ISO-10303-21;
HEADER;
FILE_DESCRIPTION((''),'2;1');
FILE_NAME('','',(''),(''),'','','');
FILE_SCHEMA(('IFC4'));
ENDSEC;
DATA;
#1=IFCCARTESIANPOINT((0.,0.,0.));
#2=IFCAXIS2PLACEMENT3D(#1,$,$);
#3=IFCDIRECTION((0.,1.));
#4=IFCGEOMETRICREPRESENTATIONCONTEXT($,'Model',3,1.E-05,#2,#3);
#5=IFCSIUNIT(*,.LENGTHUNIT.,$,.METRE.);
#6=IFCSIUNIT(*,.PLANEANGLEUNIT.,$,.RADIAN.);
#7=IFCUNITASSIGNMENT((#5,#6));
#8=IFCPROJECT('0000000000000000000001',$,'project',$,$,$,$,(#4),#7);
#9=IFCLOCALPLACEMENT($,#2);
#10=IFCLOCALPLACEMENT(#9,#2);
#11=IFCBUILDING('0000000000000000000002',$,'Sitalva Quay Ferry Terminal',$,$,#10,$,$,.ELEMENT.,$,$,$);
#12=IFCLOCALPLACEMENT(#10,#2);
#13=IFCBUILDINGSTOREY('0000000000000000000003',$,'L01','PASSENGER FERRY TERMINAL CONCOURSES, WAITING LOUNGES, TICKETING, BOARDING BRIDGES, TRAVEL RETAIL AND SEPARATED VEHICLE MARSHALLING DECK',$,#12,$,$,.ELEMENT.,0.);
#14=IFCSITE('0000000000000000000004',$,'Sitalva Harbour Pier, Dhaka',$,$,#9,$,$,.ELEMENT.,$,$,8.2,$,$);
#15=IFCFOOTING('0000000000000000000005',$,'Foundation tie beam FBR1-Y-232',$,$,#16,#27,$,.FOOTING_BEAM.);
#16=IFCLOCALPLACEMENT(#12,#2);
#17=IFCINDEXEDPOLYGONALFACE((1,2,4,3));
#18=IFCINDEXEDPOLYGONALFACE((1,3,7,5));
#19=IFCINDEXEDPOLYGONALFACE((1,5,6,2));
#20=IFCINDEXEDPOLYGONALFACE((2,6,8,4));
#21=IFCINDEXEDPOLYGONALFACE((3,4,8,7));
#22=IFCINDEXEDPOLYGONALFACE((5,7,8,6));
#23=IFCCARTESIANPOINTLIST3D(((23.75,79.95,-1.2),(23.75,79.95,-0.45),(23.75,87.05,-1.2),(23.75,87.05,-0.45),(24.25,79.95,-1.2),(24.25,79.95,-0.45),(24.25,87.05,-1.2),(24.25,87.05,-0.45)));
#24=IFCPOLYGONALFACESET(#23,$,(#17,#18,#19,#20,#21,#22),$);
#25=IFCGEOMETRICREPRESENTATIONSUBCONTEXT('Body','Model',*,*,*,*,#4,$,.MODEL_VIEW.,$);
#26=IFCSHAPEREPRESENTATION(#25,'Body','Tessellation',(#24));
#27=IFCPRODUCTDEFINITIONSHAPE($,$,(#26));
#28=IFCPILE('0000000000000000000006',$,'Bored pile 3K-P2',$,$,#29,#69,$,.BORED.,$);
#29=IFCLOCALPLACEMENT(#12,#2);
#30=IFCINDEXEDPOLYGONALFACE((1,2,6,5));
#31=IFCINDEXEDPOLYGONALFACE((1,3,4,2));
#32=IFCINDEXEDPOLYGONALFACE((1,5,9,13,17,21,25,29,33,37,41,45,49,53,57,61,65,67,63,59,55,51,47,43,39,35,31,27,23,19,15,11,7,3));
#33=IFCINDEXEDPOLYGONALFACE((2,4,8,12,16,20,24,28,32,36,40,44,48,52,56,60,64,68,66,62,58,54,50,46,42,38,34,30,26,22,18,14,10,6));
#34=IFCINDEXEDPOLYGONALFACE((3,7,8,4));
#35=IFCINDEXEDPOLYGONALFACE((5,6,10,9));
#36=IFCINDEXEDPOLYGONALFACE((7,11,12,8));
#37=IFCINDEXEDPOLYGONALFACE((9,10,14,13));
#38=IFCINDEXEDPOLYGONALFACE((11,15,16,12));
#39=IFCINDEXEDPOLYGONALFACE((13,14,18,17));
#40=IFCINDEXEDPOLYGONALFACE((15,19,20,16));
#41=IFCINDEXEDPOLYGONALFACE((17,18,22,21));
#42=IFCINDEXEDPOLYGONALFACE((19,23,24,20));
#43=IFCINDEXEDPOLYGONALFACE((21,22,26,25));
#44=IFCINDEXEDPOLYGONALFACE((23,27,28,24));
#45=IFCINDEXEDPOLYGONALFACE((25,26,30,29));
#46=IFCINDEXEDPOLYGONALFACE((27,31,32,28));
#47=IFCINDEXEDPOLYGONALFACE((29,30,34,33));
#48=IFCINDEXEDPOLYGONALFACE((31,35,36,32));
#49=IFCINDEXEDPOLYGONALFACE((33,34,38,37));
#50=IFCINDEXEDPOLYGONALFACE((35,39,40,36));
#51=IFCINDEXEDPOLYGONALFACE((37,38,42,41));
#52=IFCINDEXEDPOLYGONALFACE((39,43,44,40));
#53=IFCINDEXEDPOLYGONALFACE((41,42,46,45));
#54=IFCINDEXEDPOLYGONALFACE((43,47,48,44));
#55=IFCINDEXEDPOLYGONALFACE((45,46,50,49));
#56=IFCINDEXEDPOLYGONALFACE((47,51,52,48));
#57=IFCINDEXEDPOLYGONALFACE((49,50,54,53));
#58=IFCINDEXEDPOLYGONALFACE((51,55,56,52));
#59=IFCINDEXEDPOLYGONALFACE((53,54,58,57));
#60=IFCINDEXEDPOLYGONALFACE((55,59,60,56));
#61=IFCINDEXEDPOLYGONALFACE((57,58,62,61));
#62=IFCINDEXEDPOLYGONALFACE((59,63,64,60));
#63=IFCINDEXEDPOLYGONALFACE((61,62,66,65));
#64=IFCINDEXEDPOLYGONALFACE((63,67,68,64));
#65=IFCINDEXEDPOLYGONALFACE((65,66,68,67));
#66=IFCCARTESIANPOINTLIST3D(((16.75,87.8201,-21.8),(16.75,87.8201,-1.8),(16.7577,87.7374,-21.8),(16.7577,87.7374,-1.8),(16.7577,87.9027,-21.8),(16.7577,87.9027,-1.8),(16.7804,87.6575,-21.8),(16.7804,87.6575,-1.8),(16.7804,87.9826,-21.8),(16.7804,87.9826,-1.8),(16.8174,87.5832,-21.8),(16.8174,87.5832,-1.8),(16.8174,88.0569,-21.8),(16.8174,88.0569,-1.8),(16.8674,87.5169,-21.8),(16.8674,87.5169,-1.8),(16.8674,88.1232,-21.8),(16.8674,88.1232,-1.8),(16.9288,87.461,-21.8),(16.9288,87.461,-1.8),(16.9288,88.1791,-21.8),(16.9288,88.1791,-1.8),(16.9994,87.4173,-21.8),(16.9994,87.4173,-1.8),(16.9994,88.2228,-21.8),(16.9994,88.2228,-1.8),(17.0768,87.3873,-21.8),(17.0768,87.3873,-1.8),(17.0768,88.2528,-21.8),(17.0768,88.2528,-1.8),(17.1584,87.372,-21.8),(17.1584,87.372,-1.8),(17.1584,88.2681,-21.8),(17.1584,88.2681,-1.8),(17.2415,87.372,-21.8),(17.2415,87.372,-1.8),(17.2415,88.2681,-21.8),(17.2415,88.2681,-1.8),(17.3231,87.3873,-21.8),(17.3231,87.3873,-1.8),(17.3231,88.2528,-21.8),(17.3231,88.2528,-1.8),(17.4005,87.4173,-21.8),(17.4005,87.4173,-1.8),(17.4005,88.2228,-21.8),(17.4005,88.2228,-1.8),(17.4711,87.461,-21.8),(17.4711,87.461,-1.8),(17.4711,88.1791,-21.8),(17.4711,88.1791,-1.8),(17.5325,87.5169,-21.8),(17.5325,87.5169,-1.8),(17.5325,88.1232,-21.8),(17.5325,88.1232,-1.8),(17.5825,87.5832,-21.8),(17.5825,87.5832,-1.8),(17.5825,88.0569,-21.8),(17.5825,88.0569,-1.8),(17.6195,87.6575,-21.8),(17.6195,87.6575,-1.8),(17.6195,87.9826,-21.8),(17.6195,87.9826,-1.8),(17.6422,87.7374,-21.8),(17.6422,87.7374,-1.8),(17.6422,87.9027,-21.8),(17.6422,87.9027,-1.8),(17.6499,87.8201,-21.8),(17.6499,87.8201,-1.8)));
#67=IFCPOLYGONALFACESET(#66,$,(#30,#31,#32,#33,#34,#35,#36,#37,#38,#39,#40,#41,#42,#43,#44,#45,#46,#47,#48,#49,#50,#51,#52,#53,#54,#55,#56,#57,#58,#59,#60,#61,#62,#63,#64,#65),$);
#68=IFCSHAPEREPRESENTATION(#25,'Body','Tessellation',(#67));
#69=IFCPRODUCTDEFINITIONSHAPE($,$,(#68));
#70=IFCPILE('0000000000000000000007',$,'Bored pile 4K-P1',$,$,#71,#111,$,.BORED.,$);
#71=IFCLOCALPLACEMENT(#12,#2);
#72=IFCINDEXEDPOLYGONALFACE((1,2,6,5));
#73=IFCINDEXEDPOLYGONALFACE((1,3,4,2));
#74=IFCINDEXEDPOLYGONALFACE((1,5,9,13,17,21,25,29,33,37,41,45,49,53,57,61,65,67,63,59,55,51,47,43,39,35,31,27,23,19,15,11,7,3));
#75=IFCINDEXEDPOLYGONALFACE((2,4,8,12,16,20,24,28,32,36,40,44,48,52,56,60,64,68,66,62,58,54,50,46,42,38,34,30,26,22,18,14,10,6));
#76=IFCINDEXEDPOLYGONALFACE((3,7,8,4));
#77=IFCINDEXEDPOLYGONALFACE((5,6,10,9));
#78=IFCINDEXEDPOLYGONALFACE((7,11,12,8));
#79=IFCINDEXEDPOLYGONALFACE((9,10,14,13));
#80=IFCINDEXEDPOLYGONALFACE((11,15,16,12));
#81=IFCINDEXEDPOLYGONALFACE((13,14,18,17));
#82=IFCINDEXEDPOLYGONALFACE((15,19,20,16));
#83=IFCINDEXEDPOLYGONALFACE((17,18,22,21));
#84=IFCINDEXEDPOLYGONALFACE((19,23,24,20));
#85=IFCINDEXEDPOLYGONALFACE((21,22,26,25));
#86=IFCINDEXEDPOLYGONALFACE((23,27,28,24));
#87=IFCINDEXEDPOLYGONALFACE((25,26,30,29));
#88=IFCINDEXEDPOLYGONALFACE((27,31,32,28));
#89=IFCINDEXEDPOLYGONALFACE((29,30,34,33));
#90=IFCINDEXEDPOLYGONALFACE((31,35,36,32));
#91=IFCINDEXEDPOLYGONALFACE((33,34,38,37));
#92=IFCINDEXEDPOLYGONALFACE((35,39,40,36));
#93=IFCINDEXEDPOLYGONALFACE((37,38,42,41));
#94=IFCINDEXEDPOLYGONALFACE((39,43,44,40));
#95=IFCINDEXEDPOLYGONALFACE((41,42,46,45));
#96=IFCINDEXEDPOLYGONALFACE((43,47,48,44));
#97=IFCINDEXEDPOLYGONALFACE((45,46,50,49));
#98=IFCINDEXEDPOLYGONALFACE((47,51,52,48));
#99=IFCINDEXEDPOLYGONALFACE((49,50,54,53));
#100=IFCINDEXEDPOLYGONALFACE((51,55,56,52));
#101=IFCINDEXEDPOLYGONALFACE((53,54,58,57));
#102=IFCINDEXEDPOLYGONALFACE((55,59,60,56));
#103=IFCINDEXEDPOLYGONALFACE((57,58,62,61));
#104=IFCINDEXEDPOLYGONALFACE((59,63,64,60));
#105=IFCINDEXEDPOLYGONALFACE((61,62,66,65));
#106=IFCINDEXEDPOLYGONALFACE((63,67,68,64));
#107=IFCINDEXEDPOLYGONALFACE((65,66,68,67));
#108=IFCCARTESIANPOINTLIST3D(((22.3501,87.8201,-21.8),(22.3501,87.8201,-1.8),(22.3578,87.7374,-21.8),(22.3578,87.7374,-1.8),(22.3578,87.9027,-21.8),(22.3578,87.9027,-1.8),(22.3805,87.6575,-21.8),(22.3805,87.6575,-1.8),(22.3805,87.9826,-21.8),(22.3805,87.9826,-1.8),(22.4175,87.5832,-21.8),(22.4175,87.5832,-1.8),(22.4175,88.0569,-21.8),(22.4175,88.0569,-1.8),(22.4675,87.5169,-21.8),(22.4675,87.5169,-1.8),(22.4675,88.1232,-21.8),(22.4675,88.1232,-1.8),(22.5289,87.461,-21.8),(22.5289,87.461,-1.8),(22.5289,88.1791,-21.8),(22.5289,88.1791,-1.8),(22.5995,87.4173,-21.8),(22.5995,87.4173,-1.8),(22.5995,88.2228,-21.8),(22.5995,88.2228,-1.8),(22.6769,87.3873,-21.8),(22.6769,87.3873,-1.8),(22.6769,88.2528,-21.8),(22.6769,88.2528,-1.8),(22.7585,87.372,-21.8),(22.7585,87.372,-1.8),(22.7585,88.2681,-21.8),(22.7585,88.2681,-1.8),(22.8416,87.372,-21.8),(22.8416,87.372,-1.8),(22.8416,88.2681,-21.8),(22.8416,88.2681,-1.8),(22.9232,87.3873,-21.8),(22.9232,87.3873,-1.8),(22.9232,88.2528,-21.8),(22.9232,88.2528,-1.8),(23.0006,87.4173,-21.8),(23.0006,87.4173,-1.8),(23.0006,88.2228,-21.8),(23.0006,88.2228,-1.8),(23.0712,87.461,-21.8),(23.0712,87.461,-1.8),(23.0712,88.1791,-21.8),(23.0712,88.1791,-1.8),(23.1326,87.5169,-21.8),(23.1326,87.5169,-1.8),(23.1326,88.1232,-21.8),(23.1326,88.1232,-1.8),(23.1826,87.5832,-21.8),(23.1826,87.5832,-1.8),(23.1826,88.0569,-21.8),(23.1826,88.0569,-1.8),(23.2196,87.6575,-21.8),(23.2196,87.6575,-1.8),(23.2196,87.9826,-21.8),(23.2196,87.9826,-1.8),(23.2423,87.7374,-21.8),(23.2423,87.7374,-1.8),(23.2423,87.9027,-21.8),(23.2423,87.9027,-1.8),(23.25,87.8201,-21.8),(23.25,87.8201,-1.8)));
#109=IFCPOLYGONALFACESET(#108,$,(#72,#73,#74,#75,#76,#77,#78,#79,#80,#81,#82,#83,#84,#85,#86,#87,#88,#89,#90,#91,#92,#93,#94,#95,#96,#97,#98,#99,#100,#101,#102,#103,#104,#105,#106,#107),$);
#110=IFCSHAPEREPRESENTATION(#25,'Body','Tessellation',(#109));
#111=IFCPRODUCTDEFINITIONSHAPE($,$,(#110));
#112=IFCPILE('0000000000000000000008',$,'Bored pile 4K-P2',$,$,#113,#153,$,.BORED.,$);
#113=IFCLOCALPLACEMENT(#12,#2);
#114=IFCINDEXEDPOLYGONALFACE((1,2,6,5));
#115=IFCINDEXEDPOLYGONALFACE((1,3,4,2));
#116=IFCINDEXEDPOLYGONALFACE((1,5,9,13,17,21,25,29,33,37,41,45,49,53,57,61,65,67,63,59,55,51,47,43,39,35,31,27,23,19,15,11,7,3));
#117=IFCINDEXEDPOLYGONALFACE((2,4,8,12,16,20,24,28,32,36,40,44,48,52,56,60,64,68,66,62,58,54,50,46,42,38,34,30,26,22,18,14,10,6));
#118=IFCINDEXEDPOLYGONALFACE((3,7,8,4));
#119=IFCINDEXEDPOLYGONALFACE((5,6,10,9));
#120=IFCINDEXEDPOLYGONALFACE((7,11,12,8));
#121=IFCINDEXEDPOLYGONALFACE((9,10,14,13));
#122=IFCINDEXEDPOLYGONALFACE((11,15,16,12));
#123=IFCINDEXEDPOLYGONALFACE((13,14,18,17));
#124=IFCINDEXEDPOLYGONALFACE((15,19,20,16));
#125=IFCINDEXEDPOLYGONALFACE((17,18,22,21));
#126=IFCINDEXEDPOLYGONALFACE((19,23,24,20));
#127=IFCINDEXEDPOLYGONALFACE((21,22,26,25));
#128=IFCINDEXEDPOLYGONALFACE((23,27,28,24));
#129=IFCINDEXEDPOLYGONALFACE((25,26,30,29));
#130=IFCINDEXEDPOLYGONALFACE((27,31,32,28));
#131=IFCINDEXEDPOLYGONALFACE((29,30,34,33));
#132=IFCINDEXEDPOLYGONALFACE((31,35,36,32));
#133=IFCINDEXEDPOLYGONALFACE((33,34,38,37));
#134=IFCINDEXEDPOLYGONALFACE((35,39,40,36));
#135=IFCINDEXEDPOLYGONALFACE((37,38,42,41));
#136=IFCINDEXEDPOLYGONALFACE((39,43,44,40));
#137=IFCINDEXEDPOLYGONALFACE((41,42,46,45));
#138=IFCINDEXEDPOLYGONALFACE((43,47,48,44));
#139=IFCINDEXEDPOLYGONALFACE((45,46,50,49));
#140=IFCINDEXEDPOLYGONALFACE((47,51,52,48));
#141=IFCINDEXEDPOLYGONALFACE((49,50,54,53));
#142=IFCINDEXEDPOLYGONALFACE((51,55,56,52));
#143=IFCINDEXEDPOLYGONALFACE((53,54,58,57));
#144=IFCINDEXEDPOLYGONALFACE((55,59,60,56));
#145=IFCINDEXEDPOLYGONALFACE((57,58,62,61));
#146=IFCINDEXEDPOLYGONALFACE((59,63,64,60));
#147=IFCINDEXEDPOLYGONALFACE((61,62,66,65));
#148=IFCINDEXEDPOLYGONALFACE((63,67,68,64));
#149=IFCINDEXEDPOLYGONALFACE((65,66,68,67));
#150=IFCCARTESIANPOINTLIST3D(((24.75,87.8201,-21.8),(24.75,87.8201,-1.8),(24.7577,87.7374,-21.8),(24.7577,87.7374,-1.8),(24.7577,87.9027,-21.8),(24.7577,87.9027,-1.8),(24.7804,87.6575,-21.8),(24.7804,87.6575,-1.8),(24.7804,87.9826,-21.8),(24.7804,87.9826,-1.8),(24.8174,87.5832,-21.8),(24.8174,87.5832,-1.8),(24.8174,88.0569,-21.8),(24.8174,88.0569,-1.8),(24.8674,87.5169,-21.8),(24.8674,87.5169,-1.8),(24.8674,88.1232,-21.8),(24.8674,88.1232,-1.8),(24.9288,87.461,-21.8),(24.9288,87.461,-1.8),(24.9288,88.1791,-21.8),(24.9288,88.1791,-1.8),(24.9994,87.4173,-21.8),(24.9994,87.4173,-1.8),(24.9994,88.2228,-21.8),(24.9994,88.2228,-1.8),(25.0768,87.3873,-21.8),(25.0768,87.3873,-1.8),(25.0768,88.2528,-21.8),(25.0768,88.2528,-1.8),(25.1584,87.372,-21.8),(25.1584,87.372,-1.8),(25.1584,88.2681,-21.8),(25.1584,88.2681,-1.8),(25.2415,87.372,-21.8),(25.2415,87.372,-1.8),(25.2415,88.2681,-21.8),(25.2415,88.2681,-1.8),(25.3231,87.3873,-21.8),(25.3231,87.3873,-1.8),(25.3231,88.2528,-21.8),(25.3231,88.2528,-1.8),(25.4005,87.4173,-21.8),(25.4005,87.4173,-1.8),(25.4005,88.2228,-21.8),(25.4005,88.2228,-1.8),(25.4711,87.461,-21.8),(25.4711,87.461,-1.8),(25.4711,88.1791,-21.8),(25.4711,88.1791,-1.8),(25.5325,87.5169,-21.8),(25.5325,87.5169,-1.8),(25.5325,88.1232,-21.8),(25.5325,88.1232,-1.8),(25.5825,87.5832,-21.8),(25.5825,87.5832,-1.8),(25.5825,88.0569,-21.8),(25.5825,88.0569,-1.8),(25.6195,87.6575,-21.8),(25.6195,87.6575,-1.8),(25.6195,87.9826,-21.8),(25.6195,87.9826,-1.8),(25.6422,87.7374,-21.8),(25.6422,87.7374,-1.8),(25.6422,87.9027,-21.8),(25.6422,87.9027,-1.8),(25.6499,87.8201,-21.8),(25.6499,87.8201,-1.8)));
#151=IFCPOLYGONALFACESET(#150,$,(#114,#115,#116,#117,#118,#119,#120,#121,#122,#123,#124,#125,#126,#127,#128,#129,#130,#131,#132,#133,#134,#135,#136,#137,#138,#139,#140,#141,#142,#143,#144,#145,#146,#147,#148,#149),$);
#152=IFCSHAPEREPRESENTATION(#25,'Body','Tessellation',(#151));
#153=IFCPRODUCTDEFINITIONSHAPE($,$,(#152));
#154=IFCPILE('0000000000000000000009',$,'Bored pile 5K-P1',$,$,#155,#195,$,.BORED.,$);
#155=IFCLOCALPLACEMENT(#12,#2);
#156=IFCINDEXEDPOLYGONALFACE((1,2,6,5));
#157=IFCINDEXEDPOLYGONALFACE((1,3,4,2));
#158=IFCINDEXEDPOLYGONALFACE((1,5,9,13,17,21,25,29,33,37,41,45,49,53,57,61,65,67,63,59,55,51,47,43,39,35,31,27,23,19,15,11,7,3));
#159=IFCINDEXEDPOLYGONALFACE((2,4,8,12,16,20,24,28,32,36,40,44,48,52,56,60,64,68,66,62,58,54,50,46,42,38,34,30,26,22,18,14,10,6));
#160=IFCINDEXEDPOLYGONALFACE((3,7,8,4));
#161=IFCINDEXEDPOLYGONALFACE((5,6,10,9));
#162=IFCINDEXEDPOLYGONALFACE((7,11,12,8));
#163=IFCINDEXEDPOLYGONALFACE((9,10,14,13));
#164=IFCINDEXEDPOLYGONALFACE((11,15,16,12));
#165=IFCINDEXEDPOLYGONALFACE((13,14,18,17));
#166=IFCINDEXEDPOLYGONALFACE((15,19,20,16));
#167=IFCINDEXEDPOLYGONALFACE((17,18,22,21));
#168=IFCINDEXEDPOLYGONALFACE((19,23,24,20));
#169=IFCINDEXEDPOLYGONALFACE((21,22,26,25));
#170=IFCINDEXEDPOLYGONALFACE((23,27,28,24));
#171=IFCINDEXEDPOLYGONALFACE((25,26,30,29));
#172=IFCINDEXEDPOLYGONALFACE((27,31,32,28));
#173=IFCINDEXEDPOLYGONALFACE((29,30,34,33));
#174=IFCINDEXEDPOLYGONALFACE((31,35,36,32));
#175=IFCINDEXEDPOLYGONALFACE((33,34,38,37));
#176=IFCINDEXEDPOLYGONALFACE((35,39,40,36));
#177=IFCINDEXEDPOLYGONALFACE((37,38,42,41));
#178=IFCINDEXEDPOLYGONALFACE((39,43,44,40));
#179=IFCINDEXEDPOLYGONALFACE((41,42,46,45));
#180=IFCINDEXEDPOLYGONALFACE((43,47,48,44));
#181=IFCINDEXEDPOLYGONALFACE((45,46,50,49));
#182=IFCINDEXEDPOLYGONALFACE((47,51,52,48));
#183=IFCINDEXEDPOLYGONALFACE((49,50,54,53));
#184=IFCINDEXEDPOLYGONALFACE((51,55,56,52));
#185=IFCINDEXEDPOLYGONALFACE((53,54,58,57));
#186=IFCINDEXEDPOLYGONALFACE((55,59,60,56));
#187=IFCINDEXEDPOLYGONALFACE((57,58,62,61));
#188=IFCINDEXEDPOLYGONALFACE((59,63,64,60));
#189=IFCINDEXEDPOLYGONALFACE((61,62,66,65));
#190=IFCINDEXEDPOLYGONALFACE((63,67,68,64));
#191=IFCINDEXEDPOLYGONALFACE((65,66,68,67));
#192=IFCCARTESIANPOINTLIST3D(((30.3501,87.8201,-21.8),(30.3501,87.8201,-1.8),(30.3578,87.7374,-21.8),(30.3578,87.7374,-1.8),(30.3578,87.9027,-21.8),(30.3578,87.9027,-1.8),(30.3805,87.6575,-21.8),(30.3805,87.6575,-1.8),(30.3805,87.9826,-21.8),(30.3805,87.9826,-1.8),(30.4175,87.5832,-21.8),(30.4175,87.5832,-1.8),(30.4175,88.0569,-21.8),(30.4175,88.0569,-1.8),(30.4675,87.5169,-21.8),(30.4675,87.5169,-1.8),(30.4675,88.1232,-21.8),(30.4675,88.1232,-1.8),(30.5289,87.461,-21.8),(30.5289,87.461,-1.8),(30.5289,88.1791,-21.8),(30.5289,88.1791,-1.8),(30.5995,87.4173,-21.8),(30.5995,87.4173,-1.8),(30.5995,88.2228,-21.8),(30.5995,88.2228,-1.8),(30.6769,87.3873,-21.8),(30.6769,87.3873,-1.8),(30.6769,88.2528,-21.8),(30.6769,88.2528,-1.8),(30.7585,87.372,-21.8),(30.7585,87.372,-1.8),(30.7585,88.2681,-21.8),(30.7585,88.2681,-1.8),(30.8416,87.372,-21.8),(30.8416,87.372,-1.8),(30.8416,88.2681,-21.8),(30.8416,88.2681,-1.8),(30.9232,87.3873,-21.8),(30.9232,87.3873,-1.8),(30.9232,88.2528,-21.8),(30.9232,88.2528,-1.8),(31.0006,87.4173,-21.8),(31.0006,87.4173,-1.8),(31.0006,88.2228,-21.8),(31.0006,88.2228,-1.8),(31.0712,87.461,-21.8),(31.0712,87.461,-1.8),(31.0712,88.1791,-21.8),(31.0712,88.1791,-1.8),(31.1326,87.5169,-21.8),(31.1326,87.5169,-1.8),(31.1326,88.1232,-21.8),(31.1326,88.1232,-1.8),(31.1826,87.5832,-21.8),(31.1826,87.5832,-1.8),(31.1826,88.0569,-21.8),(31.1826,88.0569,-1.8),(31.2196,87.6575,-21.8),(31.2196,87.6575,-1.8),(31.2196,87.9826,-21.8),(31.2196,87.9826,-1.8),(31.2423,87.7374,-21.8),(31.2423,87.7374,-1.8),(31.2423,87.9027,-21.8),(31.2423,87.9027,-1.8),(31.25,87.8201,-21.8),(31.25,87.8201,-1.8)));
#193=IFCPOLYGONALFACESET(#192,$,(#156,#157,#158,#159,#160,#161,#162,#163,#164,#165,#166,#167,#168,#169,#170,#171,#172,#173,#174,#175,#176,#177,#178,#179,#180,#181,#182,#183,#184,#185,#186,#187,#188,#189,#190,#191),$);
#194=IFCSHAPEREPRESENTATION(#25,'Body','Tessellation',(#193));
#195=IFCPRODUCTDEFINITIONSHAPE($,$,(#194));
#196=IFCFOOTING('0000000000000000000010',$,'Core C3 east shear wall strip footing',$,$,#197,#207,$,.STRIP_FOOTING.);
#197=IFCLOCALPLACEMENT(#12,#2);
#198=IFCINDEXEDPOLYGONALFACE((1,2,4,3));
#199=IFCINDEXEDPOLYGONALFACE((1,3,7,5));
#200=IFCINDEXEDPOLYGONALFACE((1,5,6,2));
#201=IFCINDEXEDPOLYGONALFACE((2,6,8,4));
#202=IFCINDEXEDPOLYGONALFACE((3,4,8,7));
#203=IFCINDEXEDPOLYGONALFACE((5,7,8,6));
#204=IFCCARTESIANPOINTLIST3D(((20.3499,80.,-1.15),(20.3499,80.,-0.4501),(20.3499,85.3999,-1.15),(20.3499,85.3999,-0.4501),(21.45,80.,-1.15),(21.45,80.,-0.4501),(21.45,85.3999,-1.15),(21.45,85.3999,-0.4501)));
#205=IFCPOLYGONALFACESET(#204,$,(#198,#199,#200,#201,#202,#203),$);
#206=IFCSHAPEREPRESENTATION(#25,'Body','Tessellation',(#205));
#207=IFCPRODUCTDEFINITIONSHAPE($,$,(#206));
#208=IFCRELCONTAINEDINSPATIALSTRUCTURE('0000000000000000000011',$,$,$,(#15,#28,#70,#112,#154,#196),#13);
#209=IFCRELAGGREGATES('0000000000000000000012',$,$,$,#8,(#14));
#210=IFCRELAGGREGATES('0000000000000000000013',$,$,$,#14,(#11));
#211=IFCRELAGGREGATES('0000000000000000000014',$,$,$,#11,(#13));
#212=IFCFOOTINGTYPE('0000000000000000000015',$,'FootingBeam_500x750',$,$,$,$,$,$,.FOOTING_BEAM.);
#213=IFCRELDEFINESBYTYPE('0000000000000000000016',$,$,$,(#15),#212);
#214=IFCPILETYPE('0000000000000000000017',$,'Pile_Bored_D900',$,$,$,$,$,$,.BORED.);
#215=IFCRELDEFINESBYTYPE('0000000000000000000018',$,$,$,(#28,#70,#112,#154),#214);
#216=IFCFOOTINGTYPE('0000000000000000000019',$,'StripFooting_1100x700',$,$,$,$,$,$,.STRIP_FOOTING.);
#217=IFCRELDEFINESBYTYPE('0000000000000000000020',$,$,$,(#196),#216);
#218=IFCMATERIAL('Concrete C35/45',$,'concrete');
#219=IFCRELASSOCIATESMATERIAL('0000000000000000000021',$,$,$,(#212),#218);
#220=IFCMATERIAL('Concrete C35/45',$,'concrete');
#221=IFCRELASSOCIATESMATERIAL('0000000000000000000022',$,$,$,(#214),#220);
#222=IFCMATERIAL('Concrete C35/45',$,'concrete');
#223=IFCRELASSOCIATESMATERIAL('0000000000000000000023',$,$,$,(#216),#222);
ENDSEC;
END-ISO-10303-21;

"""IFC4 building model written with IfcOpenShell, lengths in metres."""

from ifc_helpers import new_model, si_unit, direction, frame, origin, origin_2d, place, context, subcontext, project, spatial, rectangle, circle, extrude, material, material_profile, profile_set, type_object, element, save


model = new_model("IFC4")

# Units and contexts
model_context = context("Model", 3, precision=1e-05, world=origin(), true_north=direction((0.0, 1.0)))
body_context = subcontext(model_context, "Body", "Model", "MODEL_VIEW")
ifc_project = project(units=[si_unit("LENGTHUNIT", "METRE"), si_unit("PLANEANGLEUNIT", "RADIAN")], contexts=[model_context])

# Site, building, storey
site_placement = place(None, origin())
site = spatial("IfcSite", under=ifc_project, at=site_placement, Name="Sitalva Harbour Pier, Dhaka", CompositionType="ELEMENT", RefElevation=8.2)
building_placement = place(site_placement, origin())
building = spatial("IfcBuilding", under=site, at=building_placement, Name="Sitalva Quay Ferry Terminal", CompositionType="ELEMENT")
storey_placement = place(building_placement, origin())
storey = spatial("IfcBuildingStorey", under=building, at=storey_placement, Name="L01", Description="PASSENGER FERRY TERMINAL CONCOURSES, WAITING LOUNGES, TICKETING, BOARDING BRIDGES, TRAVEL RETAIL AND SEPARATED VEHICLE MARSHALLING DECK", CompositionType="ELEMENT", Elevation=0.0)

# Footing
ifc_material_1 = material(Name="Concrete C35/45", Category="concrete")
ifc_material_profile_1 = material_profile(ifc_material_1, rectangle(XDim=0.5, YDim=0.75, at=origin_2d()), Name="RC500x750")
ifc_profile_set_1 = profile_set([ifc_material_profile_1], Name="Concrete C35/45")
footing_type_1 = type_object("IfcFootingType", Name="FootingBeam_500x750", PredefinedType="FOOTING_BEAM", material=ifc_profile_set_1)
footing_1_placement = place(storey_placement, frame((24.0, 79.95, -0.825), z_axis=(0.0, 1.0, 0.0), x_axis=(-1.0, 0.0, 0.0)))
element("IfcFooting", 1, at=footing_1_placement, inside=storey, type_object=footing_type_1, Name="Foundation tie beam FBR1-Y-232", PredefinedType="FOOTING_BEAM", context=body_context, shape_type="SweptSolid", body=[
    extrude(rectangle(XDim=0.5, YDim=0.75, at=origin_2d()), origin(), (0.0, 0.0, 1.0), 7.1001),
])

# Piles
ifc_material_2 = material(Name="Concrete C35/45", Category="concrete")
ifc_material_profile_2 = material_profile(ifc_material_2, circle(Radius=0.45, at=origin_2d()), Name="PILE-D900")
ifc_profile_set_2 = profile_set([ifc_material_profile_2], Name="Concrete C35/45")
pile_type = type_object("IfcPileType", Name="Pile_Bored_D900", PredefinedType="BORED", material=ifc_profile_set_2)
for number, where, z_axis, x_axis, name in (
    (2, (17.2, 87.8201, -1.8), (0.0, 0.0, -1.0), (1.0, 0.0, 0.0), "Bored pile 3K-P2"),
    (3, (22.8, 87.8201, -1.8), (0.0, 0.0, -1.0), (1.0, 0.0, 0.0), "Bored pile 4K-P1"),
    (4, (25.2, 87.8201, -1.8), (0.0, 0.0, -1.0), (1.0, 0.0, 0.0), "Bored pile 4K-P2"),
    (5, (30.8, 87.8201, -1.8), (0.0, 0.0, -1.0), (1.0, 0.0, 0.0), "Bored pile 5K-P1"),
):
    element("IfcPile", number, at=place(storey_placement, frame(where, z_axis=z_axis, x_axis=x_axis)), inside=storey, type_object=pile_type, Name=name, PredefinedType="BORED", context=body_context, shape_type="SweptSolid", body=[
        extrude(circle(Radius=0.45, at=origin_2d()), origin(), (0.0, 0.0, 1.0), 20.0),
    ])

# Footing
ifc_material_3 = material(Name="Concrete C35/45", Category="concrete")
ifc_material_profile_3 = material_profile(ifc_material_3, rectangle(XDim=1.1001, YDim=0.7, at=origin_2d()), Name="RC1100x700")
ifc_profile_set_3 = profile_set([ifc_material_profile_3], Name="Concrete C35/45")
footing_type_2 = type_object("IfcFootingType", Name="StripFooting_1100x700", PredefinedType="STRIP_FOOTING", material=ifc_profile_set_3)
footing_2_placement = place(storey_placement, frame((20.8999, 80.0, -0.8), z_axis=(0.0, 1.0, 0.0), x_axis=(-1.0, 0.0, 0.0)))
element("IfcFooting", 6, at=footing_2_placement, inside=storey, type_object=footing_type_2, Name="Core C3 east shear wall strip footing", PredefinedType="STRIP_FOOTING", context=body_context, shape_type="SweptSolid", body=[
    extrude(rectangle(XDim=1.1001, YDim=0.7, at=origin_2d()), origin(), (0.0, 0.0, 1.0), 5.3999),
])

save(model, "model.ifc")
